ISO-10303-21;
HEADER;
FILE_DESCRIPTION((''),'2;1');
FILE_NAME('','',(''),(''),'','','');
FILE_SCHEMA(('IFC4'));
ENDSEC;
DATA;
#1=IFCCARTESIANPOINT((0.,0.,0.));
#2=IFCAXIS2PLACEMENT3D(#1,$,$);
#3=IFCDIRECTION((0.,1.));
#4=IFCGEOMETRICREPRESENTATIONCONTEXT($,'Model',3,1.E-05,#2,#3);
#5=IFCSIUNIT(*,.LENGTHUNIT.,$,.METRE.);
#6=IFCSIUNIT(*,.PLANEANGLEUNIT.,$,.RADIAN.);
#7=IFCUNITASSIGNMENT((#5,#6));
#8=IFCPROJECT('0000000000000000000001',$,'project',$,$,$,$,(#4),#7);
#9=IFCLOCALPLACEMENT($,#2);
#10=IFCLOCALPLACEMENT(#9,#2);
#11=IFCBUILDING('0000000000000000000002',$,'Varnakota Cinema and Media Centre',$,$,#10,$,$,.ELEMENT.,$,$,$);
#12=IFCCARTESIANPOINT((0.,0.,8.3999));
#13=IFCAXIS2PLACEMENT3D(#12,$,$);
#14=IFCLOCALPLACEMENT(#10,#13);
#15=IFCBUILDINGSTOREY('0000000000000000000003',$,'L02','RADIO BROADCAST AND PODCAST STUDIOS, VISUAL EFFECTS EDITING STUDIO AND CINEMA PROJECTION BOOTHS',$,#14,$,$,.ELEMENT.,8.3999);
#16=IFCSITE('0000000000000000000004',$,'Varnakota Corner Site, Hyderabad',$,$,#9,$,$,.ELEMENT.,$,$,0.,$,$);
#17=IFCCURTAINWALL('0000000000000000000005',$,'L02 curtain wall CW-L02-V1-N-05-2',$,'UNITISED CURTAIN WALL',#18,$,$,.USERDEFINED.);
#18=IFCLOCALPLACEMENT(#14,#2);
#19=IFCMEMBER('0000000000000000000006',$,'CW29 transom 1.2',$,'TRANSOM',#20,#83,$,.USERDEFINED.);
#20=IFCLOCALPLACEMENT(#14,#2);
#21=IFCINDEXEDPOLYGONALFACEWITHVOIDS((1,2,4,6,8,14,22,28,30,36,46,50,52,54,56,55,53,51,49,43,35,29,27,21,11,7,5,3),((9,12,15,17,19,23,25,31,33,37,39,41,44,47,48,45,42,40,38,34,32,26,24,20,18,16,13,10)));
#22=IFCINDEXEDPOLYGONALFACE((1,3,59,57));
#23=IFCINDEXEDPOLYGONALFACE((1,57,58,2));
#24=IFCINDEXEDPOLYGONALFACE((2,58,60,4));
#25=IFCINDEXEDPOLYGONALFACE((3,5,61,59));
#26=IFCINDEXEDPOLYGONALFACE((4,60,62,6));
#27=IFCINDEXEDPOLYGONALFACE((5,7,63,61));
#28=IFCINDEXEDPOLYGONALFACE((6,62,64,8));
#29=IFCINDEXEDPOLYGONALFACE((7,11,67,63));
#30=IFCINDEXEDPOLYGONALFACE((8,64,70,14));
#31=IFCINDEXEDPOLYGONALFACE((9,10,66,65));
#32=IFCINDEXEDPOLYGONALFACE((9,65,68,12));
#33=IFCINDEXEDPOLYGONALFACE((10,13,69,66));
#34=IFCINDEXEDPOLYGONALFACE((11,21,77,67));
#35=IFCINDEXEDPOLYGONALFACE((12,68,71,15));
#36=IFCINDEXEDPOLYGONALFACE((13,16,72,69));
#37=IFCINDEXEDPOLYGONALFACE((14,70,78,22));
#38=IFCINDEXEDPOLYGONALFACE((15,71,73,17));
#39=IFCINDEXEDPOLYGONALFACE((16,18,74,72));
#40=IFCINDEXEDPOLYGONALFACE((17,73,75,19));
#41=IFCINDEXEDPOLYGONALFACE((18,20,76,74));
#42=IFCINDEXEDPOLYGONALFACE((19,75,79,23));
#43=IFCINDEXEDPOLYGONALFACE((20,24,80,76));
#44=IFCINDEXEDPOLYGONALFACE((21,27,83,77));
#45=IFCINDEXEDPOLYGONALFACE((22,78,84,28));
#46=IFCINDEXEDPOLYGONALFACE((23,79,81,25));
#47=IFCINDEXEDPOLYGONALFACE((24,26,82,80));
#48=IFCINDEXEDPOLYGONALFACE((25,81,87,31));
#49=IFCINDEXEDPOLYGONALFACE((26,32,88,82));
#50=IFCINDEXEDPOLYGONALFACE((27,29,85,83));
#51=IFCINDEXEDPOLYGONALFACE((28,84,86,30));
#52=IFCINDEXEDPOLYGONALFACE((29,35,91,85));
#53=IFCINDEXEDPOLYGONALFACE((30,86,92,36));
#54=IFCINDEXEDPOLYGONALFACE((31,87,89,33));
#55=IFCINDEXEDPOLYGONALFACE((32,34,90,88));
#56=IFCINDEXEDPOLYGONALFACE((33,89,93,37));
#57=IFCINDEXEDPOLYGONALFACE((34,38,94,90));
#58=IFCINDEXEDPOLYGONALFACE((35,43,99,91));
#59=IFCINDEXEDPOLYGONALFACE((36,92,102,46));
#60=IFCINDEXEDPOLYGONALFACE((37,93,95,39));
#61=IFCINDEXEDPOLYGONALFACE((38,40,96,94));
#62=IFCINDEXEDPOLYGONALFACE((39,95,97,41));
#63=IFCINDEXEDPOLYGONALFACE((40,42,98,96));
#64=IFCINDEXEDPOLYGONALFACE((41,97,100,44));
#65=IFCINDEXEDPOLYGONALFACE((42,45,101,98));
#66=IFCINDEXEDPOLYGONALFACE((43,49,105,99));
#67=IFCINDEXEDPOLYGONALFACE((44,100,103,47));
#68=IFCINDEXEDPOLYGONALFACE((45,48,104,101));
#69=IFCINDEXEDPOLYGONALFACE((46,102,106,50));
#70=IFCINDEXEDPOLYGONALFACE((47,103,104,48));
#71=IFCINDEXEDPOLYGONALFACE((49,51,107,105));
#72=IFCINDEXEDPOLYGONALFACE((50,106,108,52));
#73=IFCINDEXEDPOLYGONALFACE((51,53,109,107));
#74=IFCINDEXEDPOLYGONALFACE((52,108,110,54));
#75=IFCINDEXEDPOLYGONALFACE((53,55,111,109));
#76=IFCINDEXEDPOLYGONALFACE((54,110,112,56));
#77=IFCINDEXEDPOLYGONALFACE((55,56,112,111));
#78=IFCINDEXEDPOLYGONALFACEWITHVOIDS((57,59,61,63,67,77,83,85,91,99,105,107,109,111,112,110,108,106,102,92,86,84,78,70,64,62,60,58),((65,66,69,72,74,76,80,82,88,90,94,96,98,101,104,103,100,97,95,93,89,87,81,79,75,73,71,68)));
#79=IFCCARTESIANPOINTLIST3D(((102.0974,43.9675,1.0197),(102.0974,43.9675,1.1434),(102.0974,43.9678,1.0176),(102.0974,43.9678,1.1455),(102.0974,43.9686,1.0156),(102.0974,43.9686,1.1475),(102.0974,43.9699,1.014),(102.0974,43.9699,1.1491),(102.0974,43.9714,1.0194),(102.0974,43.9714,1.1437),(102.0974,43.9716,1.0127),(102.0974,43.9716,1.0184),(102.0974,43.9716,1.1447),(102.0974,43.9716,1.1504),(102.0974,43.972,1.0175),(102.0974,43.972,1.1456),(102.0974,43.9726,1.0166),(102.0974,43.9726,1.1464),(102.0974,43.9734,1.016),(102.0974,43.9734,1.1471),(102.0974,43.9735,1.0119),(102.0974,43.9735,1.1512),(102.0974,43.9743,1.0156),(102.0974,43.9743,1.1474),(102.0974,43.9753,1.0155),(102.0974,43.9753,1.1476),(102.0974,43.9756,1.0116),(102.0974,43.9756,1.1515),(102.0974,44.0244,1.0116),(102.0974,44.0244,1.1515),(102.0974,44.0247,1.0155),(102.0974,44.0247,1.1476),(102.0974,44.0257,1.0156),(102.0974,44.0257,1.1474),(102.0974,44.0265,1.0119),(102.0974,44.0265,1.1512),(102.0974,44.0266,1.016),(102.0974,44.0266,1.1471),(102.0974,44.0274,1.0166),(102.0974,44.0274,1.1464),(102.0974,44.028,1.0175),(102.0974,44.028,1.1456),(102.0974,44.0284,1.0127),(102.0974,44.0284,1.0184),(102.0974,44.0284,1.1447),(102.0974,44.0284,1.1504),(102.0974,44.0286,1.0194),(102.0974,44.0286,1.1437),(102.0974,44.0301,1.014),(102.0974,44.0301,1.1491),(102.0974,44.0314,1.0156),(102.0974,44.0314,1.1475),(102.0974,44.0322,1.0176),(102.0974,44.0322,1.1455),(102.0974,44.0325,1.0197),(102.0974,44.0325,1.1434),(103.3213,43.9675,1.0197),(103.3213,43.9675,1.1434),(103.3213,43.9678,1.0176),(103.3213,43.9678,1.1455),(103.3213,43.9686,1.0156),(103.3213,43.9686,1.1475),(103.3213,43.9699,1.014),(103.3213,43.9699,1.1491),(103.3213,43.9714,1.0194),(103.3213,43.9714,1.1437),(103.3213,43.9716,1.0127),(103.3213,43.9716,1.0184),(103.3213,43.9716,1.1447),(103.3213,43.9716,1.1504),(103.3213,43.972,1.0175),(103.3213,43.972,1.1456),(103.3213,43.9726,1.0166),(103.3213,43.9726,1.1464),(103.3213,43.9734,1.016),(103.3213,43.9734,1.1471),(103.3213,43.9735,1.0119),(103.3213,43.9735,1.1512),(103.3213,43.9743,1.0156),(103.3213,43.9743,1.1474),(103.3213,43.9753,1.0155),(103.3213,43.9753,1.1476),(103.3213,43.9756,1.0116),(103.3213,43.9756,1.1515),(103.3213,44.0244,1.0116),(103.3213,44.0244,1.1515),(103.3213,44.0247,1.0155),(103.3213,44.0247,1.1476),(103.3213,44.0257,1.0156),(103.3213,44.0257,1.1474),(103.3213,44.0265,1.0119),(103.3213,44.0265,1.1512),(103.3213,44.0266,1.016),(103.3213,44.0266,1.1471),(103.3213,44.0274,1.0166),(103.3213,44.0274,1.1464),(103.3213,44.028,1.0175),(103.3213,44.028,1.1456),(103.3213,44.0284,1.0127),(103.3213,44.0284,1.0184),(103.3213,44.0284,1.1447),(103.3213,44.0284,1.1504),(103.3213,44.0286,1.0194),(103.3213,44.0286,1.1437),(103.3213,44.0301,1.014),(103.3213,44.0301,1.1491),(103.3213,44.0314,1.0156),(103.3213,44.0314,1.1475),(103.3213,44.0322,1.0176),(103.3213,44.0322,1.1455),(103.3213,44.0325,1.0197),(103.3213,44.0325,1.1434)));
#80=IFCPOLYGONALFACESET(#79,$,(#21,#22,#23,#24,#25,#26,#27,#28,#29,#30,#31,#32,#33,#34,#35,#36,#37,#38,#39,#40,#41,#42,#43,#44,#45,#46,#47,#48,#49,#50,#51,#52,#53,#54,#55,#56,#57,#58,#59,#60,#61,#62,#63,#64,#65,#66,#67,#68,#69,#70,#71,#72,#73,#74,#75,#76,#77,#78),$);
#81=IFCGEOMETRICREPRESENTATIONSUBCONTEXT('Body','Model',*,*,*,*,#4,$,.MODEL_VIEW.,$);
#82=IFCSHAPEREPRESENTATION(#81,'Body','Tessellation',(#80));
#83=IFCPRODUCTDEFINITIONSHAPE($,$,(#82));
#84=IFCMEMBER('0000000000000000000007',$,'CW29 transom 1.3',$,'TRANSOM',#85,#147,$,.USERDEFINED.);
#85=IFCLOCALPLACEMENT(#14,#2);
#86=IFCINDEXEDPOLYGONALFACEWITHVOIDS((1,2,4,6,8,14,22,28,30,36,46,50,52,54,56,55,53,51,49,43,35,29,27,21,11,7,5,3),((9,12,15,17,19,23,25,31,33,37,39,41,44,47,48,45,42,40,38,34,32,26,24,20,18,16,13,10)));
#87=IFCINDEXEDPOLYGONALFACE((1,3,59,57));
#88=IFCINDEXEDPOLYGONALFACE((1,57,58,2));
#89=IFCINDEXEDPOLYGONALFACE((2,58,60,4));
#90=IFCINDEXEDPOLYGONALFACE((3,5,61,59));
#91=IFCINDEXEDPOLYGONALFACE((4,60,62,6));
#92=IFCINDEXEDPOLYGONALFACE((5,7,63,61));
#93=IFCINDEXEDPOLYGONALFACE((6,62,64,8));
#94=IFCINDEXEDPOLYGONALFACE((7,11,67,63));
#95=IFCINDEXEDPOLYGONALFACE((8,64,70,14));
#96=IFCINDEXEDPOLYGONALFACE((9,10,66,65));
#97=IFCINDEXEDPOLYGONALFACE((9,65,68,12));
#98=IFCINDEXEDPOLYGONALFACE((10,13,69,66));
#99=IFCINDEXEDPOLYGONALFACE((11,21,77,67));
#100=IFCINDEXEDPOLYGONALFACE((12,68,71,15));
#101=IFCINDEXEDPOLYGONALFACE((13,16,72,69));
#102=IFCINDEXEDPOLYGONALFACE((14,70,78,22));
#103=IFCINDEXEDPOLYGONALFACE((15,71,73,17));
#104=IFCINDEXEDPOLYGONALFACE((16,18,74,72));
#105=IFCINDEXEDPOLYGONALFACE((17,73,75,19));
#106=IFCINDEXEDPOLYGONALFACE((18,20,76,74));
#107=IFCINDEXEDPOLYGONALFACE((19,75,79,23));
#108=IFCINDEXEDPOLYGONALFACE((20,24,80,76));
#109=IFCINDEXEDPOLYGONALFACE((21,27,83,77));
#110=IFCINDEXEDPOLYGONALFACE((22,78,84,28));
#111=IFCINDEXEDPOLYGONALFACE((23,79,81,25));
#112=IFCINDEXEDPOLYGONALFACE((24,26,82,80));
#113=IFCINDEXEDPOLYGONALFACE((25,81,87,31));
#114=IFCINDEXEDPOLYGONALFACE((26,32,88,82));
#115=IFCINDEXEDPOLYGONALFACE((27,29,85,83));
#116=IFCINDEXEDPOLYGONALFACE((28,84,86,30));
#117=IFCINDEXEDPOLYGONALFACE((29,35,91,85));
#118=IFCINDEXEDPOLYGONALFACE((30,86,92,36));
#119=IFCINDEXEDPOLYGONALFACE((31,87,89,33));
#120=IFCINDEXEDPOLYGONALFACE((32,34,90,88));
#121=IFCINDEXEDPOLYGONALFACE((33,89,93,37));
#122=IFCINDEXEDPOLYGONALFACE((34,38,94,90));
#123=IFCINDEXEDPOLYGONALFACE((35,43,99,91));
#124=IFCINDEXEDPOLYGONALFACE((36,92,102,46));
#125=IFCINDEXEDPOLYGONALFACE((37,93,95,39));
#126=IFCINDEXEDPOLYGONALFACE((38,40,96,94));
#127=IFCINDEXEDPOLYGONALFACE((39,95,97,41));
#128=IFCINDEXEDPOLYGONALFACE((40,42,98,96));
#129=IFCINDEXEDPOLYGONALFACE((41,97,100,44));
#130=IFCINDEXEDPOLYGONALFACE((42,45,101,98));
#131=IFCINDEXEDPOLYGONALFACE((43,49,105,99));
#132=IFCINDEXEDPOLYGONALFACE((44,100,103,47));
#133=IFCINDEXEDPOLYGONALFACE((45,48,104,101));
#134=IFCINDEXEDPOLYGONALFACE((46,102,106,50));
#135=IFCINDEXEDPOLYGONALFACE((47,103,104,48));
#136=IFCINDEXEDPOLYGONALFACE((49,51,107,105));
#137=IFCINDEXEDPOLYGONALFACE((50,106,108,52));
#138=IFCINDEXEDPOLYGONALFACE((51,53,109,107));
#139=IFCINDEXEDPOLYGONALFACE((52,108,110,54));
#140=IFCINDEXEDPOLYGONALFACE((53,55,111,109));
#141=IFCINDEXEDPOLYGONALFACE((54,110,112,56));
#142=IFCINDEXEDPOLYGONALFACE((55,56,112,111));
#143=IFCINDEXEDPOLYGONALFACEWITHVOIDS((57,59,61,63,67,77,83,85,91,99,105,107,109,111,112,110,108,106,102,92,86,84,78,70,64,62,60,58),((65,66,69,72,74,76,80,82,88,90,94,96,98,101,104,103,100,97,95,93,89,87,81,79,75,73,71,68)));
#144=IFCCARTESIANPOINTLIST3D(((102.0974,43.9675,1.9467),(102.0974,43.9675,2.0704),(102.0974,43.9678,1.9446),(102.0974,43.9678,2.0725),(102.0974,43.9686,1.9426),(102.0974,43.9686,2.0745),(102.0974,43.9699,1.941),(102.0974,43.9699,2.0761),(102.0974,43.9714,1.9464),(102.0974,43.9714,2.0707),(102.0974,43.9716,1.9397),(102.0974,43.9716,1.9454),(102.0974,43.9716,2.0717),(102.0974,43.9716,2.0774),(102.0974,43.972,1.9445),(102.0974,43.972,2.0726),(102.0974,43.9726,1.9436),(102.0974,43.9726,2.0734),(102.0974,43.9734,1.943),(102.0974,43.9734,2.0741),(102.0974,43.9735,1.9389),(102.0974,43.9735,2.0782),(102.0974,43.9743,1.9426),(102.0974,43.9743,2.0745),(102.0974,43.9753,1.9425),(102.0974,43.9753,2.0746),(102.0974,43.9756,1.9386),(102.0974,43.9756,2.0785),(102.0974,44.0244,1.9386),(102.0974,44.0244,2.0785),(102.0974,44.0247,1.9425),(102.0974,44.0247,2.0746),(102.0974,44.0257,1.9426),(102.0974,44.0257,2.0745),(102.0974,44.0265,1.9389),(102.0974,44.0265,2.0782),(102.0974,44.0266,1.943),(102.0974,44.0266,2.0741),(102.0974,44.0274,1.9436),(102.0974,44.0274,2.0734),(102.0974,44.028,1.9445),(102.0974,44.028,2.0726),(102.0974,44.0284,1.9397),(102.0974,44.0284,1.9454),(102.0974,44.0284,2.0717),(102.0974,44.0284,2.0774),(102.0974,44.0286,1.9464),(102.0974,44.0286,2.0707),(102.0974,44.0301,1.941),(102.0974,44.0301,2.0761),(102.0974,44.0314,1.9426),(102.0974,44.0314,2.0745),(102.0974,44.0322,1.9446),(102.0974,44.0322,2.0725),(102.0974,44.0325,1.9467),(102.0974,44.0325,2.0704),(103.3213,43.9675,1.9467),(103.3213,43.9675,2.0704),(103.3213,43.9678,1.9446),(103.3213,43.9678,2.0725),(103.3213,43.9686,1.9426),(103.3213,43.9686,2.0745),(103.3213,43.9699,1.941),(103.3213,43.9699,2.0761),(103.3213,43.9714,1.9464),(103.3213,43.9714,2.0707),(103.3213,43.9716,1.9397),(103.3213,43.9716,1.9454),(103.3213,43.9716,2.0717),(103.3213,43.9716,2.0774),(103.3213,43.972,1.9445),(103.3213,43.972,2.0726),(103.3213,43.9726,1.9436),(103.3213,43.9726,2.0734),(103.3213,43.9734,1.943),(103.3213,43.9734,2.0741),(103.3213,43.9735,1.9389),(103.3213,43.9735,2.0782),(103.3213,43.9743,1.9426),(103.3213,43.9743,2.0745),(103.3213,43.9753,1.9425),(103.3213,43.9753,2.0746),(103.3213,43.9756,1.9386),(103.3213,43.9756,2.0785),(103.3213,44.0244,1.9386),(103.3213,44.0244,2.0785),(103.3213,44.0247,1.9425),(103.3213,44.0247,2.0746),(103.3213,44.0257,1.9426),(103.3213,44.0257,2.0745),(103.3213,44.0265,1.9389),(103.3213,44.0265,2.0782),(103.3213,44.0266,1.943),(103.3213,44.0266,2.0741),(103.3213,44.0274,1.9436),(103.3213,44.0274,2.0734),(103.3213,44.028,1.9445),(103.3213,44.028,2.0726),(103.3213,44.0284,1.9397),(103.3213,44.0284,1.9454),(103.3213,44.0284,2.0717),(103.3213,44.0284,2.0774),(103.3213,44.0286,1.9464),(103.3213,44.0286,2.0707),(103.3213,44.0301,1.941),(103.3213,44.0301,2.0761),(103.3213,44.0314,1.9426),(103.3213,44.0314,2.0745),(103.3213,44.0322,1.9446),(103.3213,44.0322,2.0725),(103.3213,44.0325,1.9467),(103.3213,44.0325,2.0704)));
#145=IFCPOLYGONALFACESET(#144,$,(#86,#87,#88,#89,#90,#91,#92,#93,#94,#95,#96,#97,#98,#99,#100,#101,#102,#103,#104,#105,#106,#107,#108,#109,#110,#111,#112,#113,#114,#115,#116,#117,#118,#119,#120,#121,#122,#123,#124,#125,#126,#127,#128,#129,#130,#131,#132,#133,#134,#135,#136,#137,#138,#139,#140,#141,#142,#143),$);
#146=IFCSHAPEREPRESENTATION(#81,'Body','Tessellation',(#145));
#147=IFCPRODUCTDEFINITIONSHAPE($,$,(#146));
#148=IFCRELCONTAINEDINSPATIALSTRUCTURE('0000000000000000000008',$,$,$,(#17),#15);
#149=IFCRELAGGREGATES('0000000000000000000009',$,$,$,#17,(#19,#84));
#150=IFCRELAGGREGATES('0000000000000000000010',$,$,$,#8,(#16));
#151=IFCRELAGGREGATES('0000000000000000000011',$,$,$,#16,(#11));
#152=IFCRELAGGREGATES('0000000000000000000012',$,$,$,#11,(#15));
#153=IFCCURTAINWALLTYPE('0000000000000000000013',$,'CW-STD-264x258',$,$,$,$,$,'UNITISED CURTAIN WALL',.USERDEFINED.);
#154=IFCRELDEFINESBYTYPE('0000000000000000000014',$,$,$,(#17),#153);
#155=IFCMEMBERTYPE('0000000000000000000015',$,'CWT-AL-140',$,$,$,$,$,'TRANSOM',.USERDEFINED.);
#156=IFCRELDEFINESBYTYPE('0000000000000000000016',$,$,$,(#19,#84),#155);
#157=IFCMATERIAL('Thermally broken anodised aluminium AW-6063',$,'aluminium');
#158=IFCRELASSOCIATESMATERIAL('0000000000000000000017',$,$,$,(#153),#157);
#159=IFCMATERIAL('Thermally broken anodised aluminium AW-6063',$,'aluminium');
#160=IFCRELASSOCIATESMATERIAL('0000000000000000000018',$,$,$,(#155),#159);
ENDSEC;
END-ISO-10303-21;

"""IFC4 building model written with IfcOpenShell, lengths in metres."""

from ifc_helpers import new_model, si_unit, direction, frame, origin, origin_2d, place, context, subcontext, project, spatial, hollow_rectangle, extrude, material, material_profile, profile_set, type_object, element, aggregate, save


model = new_model("IFC4")

# Units and contexts
model_context = context("Model", 3, precision=1e-05, world=origin(), true_north=direction((0.0, 1.0)))
body_context = subcontext(model_context, "Body", "Model", "MODEL_VIEW")
ifc_project = project(units=[si_unit("LENGTHUNIT", "METRE"), si_unit("PLANEANGLEUNIT", "RADIAN")], contexts=[model_context])

# Site, building, storey
site_placement = place(None, origin())
site = spatial("IfcSite", under=ifc_project, at=site_placement, Name="Varnakota Corner Site, Hyderabad", CompositionType="ELEMENT", RefElevation=0.0)
building_placement = place(site_placement, origin())
building = spatial("IfcBuilding", under=site, at=building_placement, Name="Varnakota Cinema and Media Centre", CompositionType="ELEMENT")
storey_placement = place(building_placement, frame((0.0, 0.0, 8.3999)))
storey = spatial("IfcBuildingStorey", under=building, at=storey_placement, Name="L02", Description="RADIO BROADCAST AND PODCAST STUDIOS, VISUAL EFFECTS EDITING STUDIO AND CINEMA PROJECTION BOOTHS", CompositionType="ELEMENT", Elevation=8.3999)

# Shared definitions
ifc_material_1 = material(Name="Thermally broken anodised aluminium AW-6063", Category="aluminium")
curtain_wall_type = type_object("IfcCurtainWallType", Name="CW-STD-264x258", ElementType="UNITISED CURTAIN WALL", PredefinedType="USERDEFINED", material=ifc_material_1)

# Curtain wall
curtain_wall_1_placement = place(storey_placement, origin())
curtain_wall_1 = element("IfcCurtainWall", 1, at=curtain_wall_1_placement, inside=storey, type_object=curtain_wall_type, Name="L02 curtain wall CW-L02-V1-N-05-2", ObjectType="UNITISED CURTAIN WALL", PredefinedType="USERDEFINED")

# Members
ifc_material_2 = material(Name="Thermally broken anodised aluminium AW-6063", Category="aluminium")
ifc_material_profile_1 = material_profile(ifc_material_2, hollow_rectangle(XDim=0.0649, YDim=0.1399, WallThickness=0.0039, InnerFilletRadius=0.0039, OuterFilletRadius=0.0081, at=origin_2d()), Name="AL-TRANSOM 140x65x4")
ifc_profile_set_1 = profile_set([ifc_material_profile_1], Name="Thermally broken anodised aluminium AW-6063")
member_type_1 = type_object("IfcMemberType", Name="CWT-AL-140", ElementType="TRANSOM", PredefinedType="USERDEFINED", material=ifc_profile_set_1)
member_1_placement = place(storey_placement, frame((102.0974, 44.0, 1.0815), z_axis=(1.0, 0.0, 0.0), x_axis=(0.0, 1.0, 0.0)))
member_1 = element("IfcMember", 2, at=member_1_placement, type_object=member_type_1, Name="CW29 transom 1.2", ObjectType="TRANSOM", PredefinedType="USERDEFINED", context=body_context, shape_type="SweptSolid", body=[
    extrude(hollow_rectangle(XDim=0.0649, YDim=0.1399, WallThickness=0.0039, InnerFilletRadius=0.0039, OuterFilletRadius=0.0081, at=origin_2d()), origin(), (0.0, 0.0, 1.0), 1.2239),
])
member_2_placement = place(storey_placement, frame((102.0974, 44.0, 2.0085), z_axis=(1.0, 0.0, 0.0), x_axis=(0.0, 1.0, 0.0)))
member_2 = element("IfcMember", 3, at=member_2_placement, type_object=member_type_1, Name="CW29 transom 1.3", ObjectType="TRANSOM", PredefinedType="USERDEFINED", context=body_context, shape_type="SweptSolid", body=[
    extrude(hollow_rectangle(XDim=0.0649, YDim=0.1399, WallThickness=0.0039, InnerFilletRadius=0.0039, OuterFilletRadius=0.0081, at=origin_2d()), origin(), (0.0, 0.0, 1.0), 1.2239),
])

aggregate(curtain_wall_1, [member_1, member_2])

save(model, "model.ifc")
